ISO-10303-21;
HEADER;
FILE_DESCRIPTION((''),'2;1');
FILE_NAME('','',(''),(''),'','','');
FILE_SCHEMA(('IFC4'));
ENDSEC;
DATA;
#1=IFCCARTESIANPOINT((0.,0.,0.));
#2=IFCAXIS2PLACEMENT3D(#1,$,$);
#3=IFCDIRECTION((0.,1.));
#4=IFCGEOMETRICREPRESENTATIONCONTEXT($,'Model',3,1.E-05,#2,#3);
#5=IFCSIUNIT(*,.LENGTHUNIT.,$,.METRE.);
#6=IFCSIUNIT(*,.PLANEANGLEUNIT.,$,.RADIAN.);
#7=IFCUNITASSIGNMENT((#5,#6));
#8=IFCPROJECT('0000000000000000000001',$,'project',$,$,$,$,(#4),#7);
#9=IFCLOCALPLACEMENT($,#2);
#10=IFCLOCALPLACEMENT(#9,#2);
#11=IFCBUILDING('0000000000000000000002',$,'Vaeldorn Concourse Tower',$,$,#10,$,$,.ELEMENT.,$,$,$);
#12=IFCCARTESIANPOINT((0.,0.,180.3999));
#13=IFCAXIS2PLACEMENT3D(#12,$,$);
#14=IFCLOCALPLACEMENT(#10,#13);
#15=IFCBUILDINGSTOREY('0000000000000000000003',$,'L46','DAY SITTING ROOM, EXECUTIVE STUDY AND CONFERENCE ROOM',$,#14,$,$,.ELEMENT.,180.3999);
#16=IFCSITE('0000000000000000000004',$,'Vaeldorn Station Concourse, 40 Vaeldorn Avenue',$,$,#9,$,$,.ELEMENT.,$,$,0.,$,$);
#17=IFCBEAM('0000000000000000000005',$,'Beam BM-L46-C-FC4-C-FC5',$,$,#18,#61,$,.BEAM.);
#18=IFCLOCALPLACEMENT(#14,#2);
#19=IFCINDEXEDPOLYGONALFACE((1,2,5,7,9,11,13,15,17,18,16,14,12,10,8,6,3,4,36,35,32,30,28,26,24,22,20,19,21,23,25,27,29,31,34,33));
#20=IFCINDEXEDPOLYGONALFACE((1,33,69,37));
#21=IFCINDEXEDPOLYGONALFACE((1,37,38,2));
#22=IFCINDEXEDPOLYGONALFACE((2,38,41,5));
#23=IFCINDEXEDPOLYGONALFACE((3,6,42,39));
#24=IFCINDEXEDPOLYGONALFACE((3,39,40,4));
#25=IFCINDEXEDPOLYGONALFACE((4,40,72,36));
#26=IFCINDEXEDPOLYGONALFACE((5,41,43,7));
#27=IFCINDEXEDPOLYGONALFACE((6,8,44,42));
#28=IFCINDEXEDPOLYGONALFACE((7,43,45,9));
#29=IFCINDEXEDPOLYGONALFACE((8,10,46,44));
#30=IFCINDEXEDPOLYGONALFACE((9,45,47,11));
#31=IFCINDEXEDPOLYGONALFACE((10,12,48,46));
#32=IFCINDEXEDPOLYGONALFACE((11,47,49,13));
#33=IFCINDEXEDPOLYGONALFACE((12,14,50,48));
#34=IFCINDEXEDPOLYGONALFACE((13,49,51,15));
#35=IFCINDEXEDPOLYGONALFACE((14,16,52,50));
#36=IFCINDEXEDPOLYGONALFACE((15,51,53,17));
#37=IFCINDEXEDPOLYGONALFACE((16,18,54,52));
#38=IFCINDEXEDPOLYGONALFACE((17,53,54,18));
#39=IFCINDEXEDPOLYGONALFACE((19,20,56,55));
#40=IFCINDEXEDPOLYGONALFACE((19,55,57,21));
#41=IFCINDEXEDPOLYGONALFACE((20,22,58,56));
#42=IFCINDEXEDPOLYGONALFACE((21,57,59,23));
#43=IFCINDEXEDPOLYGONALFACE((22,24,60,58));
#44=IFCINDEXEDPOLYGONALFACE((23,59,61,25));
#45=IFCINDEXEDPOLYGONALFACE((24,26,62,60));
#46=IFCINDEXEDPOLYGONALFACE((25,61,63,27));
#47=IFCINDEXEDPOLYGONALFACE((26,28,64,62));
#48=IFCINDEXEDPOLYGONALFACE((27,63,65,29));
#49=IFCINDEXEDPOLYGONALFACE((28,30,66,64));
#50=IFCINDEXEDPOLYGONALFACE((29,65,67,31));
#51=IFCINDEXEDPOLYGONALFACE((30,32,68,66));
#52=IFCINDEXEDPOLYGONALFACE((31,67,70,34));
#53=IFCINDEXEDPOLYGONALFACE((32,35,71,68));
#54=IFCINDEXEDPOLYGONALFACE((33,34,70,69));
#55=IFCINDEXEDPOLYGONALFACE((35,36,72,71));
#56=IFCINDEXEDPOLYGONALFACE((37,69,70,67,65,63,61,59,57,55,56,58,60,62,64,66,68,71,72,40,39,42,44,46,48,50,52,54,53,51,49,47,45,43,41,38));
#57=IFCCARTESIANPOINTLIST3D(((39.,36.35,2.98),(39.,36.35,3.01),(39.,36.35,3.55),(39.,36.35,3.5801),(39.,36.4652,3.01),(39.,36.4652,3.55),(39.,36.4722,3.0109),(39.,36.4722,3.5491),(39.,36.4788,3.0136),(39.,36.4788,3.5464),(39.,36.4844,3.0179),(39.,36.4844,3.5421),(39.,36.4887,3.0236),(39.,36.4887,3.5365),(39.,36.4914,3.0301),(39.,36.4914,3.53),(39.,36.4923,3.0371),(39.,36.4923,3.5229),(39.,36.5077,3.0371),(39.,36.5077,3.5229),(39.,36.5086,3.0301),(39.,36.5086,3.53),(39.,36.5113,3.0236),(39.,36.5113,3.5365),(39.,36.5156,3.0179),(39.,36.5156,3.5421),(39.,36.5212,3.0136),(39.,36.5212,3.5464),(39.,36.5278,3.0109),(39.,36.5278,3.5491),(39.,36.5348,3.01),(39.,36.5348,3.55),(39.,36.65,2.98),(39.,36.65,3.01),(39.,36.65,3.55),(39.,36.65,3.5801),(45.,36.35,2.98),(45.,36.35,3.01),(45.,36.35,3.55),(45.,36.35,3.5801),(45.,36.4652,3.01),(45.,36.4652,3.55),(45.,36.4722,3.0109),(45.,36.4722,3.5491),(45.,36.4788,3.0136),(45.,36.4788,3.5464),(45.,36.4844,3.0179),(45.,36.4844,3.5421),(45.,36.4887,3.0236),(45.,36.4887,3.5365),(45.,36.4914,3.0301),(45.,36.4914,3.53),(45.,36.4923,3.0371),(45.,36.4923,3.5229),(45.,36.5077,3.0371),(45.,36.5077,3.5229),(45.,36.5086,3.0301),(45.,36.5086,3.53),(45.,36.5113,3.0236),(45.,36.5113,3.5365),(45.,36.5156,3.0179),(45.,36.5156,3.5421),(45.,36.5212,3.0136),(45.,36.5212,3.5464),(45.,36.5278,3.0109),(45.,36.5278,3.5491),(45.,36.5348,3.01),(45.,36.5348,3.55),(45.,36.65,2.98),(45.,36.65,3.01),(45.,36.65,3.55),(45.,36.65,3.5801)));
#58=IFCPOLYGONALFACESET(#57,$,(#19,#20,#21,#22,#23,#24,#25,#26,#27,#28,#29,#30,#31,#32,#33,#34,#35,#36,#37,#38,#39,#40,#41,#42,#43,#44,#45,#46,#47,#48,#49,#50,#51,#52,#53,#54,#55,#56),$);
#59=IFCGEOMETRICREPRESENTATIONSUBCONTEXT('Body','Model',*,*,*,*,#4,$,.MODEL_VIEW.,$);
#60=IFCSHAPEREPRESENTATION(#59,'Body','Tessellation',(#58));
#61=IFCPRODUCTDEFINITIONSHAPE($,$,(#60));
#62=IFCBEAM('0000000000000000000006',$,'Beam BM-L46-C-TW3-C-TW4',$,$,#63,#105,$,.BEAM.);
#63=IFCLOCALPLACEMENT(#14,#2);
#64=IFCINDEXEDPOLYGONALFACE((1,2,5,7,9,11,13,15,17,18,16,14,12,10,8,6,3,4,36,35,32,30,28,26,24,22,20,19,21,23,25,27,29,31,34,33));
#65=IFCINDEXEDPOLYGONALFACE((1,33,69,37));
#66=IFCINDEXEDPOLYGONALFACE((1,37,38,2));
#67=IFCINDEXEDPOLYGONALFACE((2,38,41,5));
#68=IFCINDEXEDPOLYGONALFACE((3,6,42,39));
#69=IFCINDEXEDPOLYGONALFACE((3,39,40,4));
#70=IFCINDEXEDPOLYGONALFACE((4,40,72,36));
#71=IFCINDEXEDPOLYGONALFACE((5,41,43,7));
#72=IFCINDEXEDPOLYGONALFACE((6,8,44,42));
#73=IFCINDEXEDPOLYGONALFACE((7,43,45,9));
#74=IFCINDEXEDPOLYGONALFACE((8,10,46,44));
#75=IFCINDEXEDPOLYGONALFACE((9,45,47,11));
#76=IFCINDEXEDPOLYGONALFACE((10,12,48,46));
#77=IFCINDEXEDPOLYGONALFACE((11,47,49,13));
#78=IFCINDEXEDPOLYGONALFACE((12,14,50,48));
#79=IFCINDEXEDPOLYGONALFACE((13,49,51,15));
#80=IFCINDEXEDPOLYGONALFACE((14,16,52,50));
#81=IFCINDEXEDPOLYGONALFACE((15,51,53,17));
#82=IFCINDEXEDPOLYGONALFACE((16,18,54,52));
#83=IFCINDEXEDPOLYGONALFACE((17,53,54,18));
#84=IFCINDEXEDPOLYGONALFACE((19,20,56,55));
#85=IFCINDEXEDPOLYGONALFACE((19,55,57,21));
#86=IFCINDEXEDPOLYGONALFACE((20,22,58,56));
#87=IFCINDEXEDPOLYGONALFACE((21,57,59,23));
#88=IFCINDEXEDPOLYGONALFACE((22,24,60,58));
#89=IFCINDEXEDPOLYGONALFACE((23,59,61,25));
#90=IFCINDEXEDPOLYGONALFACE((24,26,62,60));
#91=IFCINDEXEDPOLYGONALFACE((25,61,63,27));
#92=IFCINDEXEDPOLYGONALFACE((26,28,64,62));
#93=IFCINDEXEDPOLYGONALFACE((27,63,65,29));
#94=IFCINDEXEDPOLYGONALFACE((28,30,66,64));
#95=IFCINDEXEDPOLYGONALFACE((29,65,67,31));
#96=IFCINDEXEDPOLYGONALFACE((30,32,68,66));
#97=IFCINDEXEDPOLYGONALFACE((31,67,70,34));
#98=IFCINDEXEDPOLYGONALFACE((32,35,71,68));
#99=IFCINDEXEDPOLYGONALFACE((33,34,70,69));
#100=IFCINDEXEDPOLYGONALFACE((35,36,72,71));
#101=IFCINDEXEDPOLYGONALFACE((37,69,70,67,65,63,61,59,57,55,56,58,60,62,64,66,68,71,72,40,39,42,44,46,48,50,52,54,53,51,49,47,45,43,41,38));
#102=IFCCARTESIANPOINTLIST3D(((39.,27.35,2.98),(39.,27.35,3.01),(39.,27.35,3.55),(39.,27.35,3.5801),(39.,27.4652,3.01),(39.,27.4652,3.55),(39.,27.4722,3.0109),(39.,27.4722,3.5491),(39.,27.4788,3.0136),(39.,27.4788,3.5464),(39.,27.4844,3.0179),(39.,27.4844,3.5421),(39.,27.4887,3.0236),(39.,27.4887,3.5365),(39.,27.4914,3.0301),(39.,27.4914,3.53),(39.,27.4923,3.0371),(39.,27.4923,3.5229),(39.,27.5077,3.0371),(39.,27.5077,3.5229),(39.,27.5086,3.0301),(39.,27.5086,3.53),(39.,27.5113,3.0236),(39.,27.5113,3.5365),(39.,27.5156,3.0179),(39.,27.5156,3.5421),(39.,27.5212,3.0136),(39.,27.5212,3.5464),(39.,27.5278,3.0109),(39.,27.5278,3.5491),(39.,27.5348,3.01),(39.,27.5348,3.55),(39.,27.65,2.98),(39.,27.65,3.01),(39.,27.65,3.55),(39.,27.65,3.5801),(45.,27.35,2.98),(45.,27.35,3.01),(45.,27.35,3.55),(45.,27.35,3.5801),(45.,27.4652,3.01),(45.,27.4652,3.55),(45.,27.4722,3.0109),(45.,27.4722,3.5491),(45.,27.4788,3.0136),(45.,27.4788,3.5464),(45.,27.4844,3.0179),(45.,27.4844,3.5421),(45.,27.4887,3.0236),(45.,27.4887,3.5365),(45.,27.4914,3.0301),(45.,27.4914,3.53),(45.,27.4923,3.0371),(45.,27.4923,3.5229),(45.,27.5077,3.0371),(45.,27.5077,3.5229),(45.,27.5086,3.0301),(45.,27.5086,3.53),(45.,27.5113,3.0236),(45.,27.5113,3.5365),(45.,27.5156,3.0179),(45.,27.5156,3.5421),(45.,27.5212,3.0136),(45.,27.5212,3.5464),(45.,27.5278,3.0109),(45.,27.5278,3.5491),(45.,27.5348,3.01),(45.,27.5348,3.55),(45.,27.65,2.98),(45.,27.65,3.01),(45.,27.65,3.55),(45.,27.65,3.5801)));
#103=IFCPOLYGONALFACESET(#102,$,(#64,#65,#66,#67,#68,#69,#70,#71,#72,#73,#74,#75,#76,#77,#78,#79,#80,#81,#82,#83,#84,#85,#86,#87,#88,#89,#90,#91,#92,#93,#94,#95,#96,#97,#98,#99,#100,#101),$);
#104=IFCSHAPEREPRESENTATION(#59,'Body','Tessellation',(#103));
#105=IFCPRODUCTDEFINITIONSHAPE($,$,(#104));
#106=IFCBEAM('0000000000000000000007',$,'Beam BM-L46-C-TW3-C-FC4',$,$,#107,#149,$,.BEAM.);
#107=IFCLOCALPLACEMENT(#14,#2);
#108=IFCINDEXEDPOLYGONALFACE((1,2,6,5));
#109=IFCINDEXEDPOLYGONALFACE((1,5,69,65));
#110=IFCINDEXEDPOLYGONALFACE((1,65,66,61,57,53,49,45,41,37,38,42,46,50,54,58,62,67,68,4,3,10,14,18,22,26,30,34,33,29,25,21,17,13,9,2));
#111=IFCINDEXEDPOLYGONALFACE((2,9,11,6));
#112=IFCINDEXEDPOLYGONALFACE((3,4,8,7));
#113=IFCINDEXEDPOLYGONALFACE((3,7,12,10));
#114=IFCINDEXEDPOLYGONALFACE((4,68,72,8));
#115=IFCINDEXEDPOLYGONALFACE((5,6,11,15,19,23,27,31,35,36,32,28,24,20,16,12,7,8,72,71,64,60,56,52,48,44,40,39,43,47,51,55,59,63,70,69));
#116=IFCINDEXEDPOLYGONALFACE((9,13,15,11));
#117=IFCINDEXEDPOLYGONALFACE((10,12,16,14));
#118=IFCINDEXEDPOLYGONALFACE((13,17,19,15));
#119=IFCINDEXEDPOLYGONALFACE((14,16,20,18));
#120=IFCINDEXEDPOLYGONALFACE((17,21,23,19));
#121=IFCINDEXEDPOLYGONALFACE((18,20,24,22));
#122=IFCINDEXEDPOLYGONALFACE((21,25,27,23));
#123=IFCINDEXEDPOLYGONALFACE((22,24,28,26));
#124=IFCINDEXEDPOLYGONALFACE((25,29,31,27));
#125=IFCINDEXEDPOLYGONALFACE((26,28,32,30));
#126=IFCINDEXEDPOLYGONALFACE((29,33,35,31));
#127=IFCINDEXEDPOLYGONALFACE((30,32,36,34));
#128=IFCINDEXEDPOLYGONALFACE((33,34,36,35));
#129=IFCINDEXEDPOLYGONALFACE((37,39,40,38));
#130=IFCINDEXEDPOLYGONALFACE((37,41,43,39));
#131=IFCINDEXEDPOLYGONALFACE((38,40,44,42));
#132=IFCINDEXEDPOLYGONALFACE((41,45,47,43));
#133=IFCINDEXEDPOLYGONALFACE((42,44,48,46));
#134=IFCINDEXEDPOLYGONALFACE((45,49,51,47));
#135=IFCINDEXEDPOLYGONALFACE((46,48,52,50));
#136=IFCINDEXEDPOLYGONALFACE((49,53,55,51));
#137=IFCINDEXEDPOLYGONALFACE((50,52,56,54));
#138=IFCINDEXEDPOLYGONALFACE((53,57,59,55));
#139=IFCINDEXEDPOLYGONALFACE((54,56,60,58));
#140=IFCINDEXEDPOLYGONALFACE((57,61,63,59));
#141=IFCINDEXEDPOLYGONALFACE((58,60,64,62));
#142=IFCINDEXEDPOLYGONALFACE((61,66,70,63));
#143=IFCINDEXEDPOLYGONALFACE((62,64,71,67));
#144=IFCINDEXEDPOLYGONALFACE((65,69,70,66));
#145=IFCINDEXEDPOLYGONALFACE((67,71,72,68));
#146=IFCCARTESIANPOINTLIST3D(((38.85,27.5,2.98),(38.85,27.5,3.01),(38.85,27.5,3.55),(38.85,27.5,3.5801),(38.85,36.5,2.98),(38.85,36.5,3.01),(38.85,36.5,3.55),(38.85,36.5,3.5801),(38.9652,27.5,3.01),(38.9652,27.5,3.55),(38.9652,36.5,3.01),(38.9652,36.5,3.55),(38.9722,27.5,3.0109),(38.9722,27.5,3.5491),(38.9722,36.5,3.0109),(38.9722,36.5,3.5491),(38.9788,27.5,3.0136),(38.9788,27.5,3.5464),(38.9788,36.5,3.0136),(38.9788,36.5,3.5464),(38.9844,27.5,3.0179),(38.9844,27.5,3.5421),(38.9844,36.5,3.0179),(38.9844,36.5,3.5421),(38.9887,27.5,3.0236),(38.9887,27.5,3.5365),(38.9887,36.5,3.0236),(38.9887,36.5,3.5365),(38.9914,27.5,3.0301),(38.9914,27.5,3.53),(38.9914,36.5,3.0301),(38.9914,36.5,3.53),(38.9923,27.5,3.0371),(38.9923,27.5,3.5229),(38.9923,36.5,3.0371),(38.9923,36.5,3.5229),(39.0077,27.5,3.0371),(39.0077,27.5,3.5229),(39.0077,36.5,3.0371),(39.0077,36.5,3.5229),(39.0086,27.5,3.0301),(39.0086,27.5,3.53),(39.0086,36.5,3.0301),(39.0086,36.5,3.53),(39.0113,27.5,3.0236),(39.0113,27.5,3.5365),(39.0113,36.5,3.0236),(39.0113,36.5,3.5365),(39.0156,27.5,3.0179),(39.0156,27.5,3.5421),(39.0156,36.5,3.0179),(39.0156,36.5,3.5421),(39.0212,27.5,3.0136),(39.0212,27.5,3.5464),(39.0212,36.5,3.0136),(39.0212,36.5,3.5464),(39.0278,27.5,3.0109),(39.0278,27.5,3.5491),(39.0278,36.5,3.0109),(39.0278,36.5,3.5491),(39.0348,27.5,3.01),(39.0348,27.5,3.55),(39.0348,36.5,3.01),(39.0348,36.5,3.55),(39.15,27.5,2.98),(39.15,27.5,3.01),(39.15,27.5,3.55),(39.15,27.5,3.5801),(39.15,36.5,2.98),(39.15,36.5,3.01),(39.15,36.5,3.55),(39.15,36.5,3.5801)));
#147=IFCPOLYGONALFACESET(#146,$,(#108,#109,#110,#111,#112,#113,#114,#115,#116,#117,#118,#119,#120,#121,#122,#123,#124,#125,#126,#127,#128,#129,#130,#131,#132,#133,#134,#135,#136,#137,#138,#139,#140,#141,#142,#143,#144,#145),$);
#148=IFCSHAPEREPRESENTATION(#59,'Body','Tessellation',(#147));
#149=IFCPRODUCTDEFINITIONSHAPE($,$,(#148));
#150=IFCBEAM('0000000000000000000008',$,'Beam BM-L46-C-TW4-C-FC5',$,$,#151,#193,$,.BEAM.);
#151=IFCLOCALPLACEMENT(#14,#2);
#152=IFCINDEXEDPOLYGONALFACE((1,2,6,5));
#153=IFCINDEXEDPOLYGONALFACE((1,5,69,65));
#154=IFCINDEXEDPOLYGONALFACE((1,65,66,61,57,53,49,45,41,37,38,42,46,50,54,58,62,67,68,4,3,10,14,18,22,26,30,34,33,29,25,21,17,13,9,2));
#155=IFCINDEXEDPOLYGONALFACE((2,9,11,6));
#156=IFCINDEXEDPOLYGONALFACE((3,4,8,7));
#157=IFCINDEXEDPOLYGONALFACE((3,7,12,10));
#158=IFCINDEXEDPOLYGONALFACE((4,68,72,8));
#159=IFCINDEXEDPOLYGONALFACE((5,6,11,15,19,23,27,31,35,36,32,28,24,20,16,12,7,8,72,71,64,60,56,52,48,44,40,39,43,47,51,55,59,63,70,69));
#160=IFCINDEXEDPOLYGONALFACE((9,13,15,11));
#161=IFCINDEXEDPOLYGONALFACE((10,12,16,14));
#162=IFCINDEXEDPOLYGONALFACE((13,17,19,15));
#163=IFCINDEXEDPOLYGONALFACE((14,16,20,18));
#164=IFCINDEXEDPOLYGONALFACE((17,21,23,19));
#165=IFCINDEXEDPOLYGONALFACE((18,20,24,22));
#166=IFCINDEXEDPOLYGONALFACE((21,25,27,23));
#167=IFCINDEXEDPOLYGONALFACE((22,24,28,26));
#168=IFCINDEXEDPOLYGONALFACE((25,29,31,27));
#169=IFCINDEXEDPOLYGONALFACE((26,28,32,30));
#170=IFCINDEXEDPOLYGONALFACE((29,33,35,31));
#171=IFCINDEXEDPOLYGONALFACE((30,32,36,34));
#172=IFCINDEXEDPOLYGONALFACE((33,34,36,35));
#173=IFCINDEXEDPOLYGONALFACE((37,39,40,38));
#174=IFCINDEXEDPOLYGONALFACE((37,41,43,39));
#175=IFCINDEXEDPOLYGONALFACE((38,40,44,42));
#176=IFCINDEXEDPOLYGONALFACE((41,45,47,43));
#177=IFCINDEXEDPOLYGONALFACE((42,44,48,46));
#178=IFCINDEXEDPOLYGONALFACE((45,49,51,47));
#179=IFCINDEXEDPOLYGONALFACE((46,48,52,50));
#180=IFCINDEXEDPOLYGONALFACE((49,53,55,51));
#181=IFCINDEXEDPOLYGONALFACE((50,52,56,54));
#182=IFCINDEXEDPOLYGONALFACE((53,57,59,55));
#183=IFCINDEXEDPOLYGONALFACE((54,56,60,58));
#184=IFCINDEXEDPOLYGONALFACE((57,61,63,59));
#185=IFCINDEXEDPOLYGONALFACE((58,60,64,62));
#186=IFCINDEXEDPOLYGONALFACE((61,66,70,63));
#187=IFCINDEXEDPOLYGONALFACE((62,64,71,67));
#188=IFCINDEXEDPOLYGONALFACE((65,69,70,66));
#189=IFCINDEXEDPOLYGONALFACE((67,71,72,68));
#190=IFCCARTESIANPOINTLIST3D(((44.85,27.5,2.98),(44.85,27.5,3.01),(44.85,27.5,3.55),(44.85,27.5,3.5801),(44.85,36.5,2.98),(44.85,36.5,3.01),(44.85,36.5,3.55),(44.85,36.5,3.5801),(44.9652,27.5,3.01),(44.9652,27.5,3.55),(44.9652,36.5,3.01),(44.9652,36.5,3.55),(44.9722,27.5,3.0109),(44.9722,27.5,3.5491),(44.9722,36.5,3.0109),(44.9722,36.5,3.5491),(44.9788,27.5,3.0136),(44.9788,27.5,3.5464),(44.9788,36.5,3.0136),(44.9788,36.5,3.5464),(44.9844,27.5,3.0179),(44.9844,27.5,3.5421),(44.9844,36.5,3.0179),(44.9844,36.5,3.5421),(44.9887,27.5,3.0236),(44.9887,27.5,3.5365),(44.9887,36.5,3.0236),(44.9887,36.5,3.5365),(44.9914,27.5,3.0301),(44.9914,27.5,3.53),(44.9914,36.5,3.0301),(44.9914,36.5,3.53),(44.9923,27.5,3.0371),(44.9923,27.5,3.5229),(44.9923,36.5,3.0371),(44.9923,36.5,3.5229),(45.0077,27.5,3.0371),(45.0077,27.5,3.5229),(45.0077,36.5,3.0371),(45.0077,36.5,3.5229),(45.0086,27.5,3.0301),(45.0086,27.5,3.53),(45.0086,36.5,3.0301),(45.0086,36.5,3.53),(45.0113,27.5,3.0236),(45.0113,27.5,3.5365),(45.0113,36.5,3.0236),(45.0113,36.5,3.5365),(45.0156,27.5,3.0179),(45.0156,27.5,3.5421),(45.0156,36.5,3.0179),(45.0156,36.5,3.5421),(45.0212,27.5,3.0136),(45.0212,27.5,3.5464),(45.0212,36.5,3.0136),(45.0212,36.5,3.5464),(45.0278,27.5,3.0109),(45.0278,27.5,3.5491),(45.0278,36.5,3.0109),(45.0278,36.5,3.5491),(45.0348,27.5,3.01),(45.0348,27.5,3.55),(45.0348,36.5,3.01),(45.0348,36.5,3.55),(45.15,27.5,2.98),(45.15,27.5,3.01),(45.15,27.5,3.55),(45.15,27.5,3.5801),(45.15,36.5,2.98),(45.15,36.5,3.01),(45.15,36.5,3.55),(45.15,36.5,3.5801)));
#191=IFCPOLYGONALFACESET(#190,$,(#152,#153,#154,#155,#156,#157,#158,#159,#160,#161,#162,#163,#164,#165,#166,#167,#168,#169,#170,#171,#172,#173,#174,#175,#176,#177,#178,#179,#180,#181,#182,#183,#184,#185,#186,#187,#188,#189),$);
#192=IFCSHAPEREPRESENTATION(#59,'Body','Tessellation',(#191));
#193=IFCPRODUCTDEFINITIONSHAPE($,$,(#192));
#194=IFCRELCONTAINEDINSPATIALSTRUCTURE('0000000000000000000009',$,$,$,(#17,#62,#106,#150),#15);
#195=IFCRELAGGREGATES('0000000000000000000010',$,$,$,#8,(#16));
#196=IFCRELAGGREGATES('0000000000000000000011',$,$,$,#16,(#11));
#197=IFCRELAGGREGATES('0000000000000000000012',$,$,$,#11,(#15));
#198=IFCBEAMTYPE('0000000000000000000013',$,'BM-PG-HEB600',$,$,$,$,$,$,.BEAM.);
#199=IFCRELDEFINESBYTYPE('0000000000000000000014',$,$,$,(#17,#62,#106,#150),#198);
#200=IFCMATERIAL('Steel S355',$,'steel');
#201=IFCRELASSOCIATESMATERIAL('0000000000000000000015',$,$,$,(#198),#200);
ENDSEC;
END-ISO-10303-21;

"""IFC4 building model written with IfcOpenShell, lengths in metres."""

from ifc_helpers import new_model, si_unit, direction, frame, origin, origin_2d, place, context, subcontext, project, spatial, i_section, extrude, source, transform, mapped, material, material_profile, profile_set, type_object, element, save


model = new_model("IFC4")

# Units and contexts
model_context = context("Model", 3, precision=1e-05, world=origin(), true_north=direction((0.0, 1.0)))
body_context = subcontext(model_context, "Body", "Model", "MODEL_VIEW")
ifc_project = project(units=[si_unit("LENGTHUNIT", "METRE"), si_unit("PLANEANGLEUNIT", "RADIAN")], contexts=[model_context])

# Site, building, storey
site_placement = place(None, origin())
site = spatial("IfcSite", under=ifc_project, at=site_placement, Name="Vaeldorn Station Concourse, 40 Vaeldorn Avenue", CompositionType="ELEMENT", RefElevation=0.0)
building_placement = place(site_placement, origin())
building = spatial("IfcBuilding", under=site, at=building_placement, Name="Vaeldorn Concourse Tower", CompositionType="ELEMENT")
storey_placement = place(building_placement, frame((0.0, 0.0, 180.3999)))
storey = spatial("IfcBuildingStorey", under=building, at=storey_placement, Name="L46", Description="DAY SITTING ROOM, EXECUTIVE STUDY AND CONFERENCE ROOM", CompositionType="ELEMENT", Elevation=180.3999)

# Shared definitions
ifc_material_1 = material(Name="Steel S355", Category="steel")

# Beams
ifc_material_profile_1 = material_profile(ifc_material_1, i_section(OverallWidth=0.3, OverallDepth=0.6001, WebThickness=0.0154, FlangeThickness=0.03, FilletRadius=0.0271, at=origin_2d()), Name="HEB 600")
ifc_profile_set_1 = profile_set([ifc_material_profile_1], Name="Steel S355")
beam_type_1 = type_object("IfcBeamType", Name="BM-PG-HEB600", PredefinedType="BEAM", material=ifc_profile_set_1)
shared_shape_1 = source(origin(), body_context, "Body", "SweptSolid", [
    extrude(i_section(OverallWidth=0.3, OverallDepth=0.6001, WebThickness=0.0154, FlangeThickness=0.03, FilletRadius=0.0271, at=origin_2d()), origin(), (0.0, 0.0, 1.0), 6.0),
])
for number, where, z_axis, x_axis, name in (
    (1, (39.0, 36.5, 3.28), (1.0, 0.0, 0.0), (0.0, 1.0, 0.0), "Beam BM-L46-C-FC4-C-FC5"),
    (2, (39.0, 27.5, 3.28), (1.0, 0.0, 0.0), (0.0, 1.0, 0.0), "Beam BM-L46-C-TW3-C-TW4"),
):
    element("IfcBeam", number, at=place(storey_placement, frame(where, z_axis=z_axis, x_axis=x_axis)), inside=storey, type_object=beam_type_1, Name=name, PredefinedType="BEAM", context=body_context, shape_type="MappedRepresentation", body=[
        mapped(shared_shape_1, transform((0.0, 0.0, 0.0), scale=1.0)),
    ])
shared_shape_2 = source(origin(), body_context, "Body", "SweptSolid", [
    extrude(i_section(OverallWidth=0.3, OverallDepth=0.6001, WebThickness=0.0154, FlangeThickness=0.03, FilletRadius=0.0271, at=origin_2d()), origin(), (0.0, 0.0, 1.0), 9.0),
])
for number, where, z_axis, x_axis, name in (
    (3, (39.0, 27.5, 3.28), (0.0, 1.0, 0.0), (-1.0, 0.0, 0.0), "Beam BM-L46-C-TW3-C-FC4"),
    (4, (45.0, 27.5, 3.28), (0.0, 1.0, 0.0), (-1.0, 0.0, 0.0), "Beam BM-L46-C-TW4-C-FC5"),
):
    element("IfcBeam", number, at=place(storey_placement, frame(where, z_axis=z_axis, x_axis=x_axis)), inside=storey, type_object=beam_type_1, Name=name, PredefinedType="BEAM", context=body_context, shape_type="MappedRepresentation", body=[
        mapped(shared_shape_2, transform((0.0, 0.0, 0.0), scale=1.0)),
    ])

save(model, "model.ifc")
